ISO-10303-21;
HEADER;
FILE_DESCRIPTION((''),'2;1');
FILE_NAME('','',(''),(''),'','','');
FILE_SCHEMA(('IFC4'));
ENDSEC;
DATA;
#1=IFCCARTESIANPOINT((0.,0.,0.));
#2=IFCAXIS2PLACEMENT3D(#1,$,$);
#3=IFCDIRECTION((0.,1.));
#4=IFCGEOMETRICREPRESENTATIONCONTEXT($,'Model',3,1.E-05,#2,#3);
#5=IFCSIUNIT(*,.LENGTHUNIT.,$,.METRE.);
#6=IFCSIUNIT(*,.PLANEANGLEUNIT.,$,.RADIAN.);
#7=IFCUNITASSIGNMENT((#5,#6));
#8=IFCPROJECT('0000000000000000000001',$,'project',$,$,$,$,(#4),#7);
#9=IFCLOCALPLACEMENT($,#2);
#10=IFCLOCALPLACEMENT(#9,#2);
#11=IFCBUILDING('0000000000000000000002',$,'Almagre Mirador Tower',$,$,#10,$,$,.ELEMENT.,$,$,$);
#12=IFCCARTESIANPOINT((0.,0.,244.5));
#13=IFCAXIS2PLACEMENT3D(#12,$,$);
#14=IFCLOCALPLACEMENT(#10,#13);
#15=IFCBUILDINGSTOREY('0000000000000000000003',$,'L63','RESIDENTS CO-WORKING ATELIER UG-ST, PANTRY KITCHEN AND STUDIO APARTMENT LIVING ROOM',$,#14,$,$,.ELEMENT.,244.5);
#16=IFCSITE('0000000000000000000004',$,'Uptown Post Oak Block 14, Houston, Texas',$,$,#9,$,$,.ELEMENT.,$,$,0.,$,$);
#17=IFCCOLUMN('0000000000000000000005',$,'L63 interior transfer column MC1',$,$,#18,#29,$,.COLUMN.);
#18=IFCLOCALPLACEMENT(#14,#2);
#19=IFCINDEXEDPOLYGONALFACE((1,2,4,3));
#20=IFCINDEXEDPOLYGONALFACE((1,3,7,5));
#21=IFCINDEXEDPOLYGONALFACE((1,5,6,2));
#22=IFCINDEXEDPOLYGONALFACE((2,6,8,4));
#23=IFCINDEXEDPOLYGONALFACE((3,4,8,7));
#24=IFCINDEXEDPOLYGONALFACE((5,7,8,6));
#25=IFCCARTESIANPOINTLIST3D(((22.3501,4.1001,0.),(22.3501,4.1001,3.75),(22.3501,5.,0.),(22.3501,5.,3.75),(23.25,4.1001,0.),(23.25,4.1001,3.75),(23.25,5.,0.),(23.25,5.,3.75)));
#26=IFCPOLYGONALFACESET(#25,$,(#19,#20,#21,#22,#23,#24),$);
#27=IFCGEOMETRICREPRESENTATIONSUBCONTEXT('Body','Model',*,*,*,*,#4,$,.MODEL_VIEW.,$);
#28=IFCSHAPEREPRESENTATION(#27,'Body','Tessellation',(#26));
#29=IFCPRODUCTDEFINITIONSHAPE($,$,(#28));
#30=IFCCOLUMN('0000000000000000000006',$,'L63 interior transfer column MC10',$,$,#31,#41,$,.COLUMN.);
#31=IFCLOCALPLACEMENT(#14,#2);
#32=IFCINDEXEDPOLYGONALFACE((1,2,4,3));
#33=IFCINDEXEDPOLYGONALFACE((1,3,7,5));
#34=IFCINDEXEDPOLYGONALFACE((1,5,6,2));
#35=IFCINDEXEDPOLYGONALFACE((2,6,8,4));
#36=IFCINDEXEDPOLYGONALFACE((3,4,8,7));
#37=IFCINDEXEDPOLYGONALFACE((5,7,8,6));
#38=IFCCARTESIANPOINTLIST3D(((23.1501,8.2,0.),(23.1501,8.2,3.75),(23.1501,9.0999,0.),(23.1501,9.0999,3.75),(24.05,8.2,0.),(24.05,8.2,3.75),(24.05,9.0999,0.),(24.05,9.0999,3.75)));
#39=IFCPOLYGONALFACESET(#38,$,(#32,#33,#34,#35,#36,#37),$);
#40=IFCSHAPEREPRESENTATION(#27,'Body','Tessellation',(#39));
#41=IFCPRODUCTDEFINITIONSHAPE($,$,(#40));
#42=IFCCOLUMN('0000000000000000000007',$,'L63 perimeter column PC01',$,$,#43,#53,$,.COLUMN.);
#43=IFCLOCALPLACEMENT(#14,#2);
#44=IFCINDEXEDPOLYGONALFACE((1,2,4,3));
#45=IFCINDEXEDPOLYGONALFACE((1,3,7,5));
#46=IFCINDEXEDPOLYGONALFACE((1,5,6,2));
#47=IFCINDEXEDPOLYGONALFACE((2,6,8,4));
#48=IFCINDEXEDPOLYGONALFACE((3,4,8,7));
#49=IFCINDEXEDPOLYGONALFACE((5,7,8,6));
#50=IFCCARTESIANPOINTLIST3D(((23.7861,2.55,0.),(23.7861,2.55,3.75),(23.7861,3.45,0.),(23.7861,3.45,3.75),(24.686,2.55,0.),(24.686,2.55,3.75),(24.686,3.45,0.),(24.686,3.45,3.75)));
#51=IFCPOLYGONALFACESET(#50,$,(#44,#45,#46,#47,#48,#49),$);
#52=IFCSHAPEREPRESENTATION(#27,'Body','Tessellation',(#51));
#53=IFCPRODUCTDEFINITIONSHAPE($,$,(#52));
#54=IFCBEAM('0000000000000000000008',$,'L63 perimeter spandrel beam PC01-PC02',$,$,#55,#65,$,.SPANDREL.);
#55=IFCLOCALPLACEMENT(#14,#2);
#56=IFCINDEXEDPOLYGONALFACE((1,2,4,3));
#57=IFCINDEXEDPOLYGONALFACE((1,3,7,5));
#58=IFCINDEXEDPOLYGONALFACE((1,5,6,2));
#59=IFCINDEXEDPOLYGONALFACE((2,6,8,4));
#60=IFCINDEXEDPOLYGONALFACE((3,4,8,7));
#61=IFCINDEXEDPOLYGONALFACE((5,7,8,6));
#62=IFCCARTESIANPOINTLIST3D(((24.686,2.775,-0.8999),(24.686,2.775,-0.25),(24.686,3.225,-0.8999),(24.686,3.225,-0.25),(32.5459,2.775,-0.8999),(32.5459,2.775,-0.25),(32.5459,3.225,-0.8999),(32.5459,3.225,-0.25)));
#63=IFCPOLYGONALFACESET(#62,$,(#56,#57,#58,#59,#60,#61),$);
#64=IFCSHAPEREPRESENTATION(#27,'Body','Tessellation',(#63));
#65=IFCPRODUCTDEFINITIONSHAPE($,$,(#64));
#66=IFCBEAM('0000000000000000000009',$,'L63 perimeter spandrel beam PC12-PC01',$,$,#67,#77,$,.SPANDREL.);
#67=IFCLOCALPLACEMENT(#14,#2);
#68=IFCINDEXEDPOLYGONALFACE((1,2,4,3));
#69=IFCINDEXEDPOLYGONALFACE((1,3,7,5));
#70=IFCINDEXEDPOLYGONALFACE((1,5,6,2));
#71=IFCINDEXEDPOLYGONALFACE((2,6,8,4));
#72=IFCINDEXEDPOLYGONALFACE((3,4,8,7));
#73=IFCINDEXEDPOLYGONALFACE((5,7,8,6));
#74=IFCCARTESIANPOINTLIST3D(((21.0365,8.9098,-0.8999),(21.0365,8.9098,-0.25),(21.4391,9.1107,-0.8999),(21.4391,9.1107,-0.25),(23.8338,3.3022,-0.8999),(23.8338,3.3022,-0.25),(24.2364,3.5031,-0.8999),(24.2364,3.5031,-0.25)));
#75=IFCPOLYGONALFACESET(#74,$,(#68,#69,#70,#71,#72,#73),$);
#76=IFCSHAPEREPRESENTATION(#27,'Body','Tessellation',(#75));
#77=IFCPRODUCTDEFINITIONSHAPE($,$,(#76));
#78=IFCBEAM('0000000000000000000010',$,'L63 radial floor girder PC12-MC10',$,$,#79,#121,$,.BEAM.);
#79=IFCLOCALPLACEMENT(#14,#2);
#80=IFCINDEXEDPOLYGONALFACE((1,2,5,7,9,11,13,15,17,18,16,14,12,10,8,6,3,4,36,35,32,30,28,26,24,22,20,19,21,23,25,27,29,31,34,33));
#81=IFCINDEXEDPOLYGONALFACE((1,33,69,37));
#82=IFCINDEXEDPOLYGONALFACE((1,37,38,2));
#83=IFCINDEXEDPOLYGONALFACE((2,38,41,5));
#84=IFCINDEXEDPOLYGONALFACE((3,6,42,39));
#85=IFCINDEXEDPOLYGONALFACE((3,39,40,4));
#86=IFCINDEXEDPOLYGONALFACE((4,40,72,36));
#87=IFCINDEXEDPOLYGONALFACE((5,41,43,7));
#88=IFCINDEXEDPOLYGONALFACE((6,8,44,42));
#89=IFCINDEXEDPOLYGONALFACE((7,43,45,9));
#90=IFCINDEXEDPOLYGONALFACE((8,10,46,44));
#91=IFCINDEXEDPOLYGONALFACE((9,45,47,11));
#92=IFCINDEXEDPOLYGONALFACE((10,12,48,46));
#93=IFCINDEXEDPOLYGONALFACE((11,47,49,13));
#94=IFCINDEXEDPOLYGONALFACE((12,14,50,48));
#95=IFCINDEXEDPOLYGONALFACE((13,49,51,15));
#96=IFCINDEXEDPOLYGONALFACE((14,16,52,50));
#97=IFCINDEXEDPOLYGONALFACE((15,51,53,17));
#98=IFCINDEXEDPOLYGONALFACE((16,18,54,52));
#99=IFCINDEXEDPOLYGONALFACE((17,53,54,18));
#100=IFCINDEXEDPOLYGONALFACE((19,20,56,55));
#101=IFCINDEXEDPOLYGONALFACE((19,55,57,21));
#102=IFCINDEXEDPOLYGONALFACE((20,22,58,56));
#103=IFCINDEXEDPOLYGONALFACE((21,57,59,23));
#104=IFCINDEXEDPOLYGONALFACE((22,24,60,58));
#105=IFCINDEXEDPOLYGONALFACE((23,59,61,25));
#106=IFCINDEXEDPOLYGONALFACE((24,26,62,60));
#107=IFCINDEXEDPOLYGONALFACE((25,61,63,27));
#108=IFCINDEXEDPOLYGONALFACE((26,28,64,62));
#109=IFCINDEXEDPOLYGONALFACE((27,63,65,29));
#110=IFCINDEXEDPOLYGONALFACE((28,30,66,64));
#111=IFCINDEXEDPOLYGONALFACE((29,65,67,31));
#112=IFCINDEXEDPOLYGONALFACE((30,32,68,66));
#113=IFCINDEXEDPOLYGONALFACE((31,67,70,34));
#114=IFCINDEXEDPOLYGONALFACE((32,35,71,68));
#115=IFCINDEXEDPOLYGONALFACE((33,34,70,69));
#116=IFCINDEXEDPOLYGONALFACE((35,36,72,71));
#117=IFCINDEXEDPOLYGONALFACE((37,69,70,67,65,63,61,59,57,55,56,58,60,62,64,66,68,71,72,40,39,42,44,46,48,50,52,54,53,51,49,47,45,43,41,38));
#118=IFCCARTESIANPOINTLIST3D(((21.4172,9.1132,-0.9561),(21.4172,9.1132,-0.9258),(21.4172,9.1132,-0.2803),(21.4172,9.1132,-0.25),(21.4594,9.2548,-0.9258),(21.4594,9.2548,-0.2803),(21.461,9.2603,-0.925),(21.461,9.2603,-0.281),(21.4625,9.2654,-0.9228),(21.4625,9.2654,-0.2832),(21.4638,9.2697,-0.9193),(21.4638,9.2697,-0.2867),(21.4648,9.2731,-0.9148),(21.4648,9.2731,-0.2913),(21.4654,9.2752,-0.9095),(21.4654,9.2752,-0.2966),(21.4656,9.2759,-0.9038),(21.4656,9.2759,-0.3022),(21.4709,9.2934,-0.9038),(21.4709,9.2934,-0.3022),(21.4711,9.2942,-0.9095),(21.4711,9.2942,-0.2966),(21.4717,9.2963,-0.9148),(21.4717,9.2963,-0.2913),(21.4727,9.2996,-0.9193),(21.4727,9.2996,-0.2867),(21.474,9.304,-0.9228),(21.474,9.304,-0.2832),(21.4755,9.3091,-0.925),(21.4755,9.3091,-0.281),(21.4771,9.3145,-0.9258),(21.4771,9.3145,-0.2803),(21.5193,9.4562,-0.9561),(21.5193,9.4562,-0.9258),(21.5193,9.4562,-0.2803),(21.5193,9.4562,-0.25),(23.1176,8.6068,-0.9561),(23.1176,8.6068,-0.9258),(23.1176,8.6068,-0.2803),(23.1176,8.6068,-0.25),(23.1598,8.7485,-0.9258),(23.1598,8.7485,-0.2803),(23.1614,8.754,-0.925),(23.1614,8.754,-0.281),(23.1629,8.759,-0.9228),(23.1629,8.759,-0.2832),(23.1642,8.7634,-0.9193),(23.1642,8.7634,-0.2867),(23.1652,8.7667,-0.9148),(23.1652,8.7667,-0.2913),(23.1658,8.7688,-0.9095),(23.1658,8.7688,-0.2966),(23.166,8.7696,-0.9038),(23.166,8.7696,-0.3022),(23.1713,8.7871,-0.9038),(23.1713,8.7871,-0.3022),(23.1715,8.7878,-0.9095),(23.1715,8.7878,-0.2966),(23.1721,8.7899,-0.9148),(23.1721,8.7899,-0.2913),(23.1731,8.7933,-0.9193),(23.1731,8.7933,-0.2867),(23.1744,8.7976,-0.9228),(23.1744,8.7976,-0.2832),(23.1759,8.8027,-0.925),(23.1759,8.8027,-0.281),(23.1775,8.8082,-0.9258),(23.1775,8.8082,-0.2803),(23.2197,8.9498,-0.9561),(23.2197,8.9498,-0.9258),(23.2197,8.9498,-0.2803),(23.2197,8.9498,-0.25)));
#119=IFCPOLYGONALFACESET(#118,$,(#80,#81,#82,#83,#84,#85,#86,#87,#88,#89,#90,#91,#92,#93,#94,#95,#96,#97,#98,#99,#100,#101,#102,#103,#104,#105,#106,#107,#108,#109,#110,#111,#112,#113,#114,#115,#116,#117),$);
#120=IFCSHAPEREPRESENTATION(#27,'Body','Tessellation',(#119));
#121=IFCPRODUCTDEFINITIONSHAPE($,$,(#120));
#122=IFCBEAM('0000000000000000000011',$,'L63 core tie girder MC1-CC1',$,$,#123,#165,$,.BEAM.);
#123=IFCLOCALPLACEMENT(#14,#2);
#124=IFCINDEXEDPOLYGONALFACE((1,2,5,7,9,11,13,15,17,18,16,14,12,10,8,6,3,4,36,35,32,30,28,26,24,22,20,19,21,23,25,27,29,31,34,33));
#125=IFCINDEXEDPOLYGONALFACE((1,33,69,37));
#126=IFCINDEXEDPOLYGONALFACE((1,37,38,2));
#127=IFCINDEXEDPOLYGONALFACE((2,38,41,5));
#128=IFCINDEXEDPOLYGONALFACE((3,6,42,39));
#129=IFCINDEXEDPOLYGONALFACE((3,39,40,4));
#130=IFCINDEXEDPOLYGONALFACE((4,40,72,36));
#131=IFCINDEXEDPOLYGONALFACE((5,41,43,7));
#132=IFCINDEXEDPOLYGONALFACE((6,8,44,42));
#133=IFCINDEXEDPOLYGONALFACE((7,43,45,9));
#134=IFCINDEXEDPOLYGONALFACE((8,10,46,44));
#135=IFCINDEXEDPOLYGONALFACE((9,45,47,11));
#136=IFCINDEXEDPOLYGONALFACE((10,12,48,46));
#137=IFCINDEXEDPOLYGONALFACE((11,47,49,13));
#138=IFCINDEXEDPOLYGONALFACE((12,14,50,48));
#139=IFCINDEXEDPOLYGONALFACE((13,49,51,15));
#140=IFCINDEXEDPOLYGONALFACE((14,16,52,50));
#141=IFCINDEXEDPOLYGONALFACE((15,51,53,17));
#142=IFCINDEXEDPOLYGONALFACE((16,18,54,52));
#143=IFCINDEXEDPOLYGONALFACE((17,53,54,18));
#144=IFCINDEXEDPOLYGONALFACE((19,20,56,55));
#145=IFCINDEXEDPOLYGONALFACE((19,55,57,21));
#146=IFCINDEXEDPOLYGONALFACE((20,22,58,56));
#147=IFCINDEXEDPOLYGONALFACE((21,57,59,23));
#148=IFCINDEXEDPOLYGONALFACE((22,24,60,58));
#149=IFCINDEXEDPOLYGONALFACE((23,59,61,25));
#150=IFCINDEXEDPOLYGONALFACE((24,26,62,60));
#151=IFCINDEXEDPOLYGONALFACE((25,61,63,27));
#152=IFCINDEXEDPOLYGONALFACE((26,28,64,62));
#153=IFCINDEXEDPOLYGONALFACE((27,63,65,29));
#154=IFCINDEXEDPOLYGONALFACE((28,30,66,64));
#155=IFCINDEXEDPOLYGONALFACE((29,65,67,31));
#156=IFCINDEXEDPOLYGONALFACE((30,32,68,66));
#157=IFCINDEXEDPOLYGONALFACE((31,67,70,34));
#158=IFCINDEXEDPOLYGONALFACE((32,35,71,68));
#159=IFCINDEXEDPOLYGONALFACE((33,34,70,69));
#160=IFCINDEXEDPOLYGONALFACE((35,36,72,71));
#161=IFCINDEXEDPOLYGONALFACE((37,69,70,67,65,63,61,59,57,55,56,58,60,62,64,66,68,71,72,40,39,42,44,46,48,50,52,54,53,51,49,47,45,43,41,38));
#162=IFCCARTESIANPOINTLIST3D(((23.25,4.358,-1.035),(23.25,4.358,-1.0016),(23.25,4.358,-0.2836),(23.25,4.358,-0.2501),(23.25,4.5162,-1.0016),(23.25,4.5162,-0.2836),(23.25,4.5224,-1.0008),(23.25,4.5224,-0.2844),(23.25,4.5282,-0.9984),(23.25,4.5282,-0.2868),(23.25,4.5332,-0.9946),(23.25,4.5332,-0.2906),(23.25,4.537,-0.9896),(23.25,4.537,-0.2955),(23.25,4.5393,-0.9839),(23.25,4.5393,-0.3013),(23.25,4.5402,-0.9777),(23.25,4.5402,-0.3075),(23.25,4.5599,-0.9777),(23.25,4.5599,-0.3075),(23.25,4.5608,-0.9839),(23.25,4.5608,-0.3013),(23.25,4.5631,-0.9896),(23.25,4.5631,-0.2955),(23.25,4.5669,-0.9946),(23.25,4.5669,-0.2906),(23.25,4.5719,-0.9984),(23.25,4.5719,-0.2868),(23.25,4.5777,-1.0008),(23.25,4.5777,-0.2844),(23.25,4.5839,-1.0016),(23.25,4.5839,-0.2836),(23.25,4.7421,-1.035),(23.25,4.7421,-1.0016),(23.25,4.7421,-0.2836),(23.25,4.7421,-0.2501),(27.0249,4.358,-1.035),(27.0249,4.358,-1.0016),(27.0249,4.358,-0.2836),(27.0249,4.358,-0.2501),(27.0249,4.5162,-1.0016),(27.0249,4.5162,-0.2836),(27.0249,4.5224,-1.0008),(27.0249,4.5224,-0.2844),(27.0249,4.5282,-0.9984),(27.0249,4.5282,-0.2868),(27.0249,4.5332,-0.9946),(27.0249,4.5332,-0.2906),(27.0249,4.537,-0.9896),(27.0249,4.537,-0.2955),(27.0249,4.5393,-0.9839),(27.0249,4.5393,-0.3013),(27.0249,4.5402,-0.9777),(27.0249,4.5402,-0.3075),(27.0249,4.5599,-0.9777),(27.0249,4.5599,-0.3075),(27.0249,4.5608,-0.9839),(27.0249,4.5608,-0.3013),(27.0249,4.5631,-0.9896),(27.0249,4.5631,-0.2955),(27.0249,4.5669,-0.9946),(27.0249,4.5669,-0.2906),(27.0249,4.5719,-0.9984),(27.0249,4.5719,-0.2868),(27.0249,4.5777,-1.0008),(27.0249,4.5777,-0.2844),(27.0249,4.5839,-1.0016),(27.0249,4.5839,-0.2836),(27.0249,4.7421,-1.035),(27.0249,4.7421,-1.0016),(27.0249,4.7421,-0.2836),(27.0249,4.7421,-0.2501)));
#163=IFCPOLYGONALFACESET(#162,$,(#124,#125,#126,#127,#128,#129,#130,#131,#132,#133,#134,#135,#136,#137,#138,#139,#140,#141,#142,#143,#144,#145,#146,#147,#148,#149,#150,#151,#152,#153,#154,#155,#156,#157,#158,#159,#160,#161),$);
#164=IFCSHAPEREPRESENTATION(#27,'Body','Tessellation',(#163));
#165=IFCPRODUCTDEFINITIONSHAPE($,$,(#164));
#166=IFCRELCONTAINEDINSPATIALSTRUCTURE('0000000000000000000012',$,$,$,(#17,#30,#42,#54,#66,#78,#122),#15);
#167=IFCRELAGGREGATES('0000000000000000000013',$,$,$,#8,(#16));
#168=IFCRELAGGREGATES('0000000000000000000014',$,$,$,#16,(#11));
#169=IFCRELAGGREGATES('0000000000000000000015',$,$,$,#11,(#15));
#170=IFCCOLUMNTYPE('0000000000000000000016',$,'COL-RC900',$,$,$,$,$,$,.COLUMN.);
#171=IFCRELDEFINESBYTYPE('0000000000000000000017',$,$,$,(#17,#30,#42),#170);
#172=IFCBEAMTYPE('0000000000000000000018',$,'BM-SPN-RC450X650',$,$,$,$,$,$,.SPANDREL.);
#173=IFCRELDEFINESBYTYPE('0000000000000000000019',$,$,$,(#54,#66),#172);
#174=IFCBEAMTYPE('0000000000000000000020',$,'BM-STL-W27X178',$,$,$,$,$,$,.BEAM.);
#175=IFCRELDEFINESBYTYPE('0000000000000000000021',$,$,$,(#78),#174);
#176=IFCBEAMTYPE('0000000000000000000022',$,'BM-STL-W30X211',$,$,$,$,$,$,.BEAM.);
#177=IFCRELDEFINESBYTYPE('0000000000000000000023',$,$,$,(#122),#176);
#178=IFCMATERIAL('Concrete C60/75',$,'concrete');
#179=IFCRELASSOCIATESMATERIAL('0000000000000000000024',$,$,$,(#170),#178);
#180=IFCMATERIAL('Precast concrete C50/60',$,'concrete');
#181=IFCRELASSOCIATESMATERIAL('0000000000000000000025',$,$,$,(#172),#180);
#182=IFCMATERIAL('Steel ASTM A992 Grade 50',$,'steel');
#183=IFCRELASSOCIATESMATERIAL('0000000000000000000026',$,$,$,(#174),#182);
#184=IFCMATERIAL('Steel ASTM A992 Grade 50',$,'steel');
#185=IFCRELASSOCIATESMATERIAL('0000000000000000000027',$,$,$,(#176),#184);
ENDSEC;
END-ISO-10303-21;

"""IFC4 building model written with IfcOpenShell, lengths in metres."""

from ifc_helpers import new_model, si_unit, direction, frame, origin, origin_2d, place, context, subcontext, project, spatial, rectangle, i_section, extrude, material, material_profile, profile_set, type_object, element, save


model = new_model("IFC4")

# Units and contexts
model_context = context("Model", 3, precision=1e-05, world=origin(), true_north=direction((0.0, 1.0)))
body_context = subcontext(model_context, "Body", "Model", "MODEL_VIEW")
ifc_project = project(units=[si_unit("LENGTHUNIT", "METRE"), si_unit("PLANEANGLEUNIT", "RADIAN")], contexts=[model_context])

# Site, building, storey
site_placement = place(None, origin())
site = spatial("IfcSite", under=ifc_project, at=site_placement, Name="Uptown Post Oak Block 14, Houston, Texas", CompositionType="ELEMENT", RefElevation=0.0)
building_placement = place(site_placement, origin())
building = spatial("IfcBuilding", under=site, at=building_placement, Name="Almagre Mirador Tower", CompositionType="ELEMENT")
storey_placement = place(building_placement, frame((0.0, 0.0, 244.5)))
storey = spatial("IfcBuildingStorey", under=building, at=storey_placement, Name="L63", Description="RESIDENTS CO-WORKING ATELIER UG-ST, PANTRY KITCHEN AND STUDIO APARTMENT LIVING ROOM", CompositionType="ELEMENT", Elevation=244.5)

# Columns
ifc_material_1 = material(Name="Concrete C60/75", Category="concrete")
ifc_material_profile_1 = material_profile(ifc_material_1, rectangle(XDim=0.8999, YDim=0.8999, at=origin_2d()), Name="RC900X900")
ifc_profile_set_1 = profile_set([ifc_material_profile_1], Name="Concrete C60/75")
column_type = type_object("IfcColumnType", Name="COL-RC900", PredefinedType="COLUMN", material=ifc_profile_set_1)
for number, where, z_axis, x_axis, name in (
    (1, (22.8, 4.55, 0.0), (0.0, 0.0, 1.0), (1.0, 0.0, 0.0), "L63 interior transfer column MC1"),
    (2, (23.6001, 8.6499, 0.0), (0.0, 0.0, 1.0), (1.0, 0.0, 0.0), "L63 interior transfer column MC10"),
    (3, (24.2361, 3.0, 0.0), (0.0, 0.0, 1.0), (1.0, 0.0, 0.0), "L63 perimeter column PC01"),
):
    element("IfcColumn", number, at=place(storey_placement, frame(where, z_axis=z_axis, x_axis=x_axis)), inside=storey, type_object=column_type, Name=name, PredefinedType="COLUMN", context=body_context, shape_type="SweptSolid", body=[
        extrude(rectangle(XDim=0.8999, YDim=0.8999, at=origin_2d()), origin(), (0.0, 0.0, 1.0), 3.75),
    ])

# Beams
ifc_material_2 = material(Name="Precast concrete C50/60", Category="concrete")
ifc_material_profile_2 = material_profile(ifc_material_2, rectangle(XDim=0.45, YDim=0.6499, at=origin_2d()), Name="RC450X650")
ifc_profile_set_2 = profile_set([ifc_material_profile_2], Name="Precast concrete C50/60")
beam_type_1 = type_object("IfcBeamType", Name="BM-SPN-RC450X650", PredefinedType="SPANDREL", material=ifc_profile_set_2)
beam_1_placement = place(storey_placement, frame((24.686, 3.0, -0.575), z_axis=(1.0, 0.0, 0.0), x_axis=(0.0, 1.0, 0.0)))
element("IfcBeam", 4, at=beam_1_placement, inside=storey, type_object=beam_type_1, Name="L63 perimeter spandrel beam PC01-PC02", PredefinedType="SPANDREL", context=body_context, shape_type="SweptSolid", body=[
    extrude(rectangle(XDim=0.45, YDim=0.6499, at=origin_2d()), origin(), (0.0, 0.0, 1.0), 7.8599),
])
beam_2_placement = place(storey_placement, frame((21.2378, 9.0103, -0.575), z_axis=(0.446387, -0.89484, 0.0), x_axis=(0.89484, 0.446387, 0.0)))
element("IfcBeam", 5, at=beam_2_placement, inside=storey, type_object=beam_type_1, Name="L63 perimeter spandrel beam PC12-PC01", PredefinedType="SPANDREL", context=body_context, shape_type="SweptSolid", body=[
    extrude(rectangle(XDim=0.45, YDim=0.6499, at=origin_2d()), origin(), (0.0, 0.0, 1.0), 6.2666),
])
ifc_material_3 = material(Name="Steel ASTM A992 Grade 50", Category="steel")
ifc_material_profile_3 = material_profile(ifc_material_3, i_section(OverallWidth=0.3579, OverallDepth=0.7061, WebThickness=0.0183, FlangeThickness=0.0303, FilletRadius=0.022, at=origin_2d()), Name="W27X178")
ifc_profile_set_3 = profile_set([ifc_material_profile_3], Name="Steel ASTM A992 Grade 50")
beam_type_2 = type_object("IfcBeamType", Name="BM-STL-W27X178", PredefinedType="BEAM", material=ifc_profile_set_3)
beam_3_placement = place(storey_placement, frame((21.4683, 9.2847, -0.603), z_axis=(0.958411, -0.285391, 0.0), x_axis=(0.285391, 0.958411, 0.0)))
element("IfcBeam", 6, at=beam_3_placement, inside=storey, type_object=beam_type_2, Name="L63 radial floor girder PC12-MC10", PredefinedType="BEAM", context=body_context, shape_type="SweptSolid", body=[
    extrude(i_section(OverallWidth=0.3579, OverallDepth=0.7061, WebThickness=0.0183, FlangeThickness=0.0303, FilletRadius=0.022, at=origin_2d()), origin(), (0.0, 0.0, 1.0), 1.7742),
])
ifc_material_4 = material(Name="Steel ASTM A992 Grade 50", Category="steel")
ifc_material_profile_4 = material_profile(ifc_material_4, i_section(OverallWidth=0.384, OverallDepth=0.7849, WebThickness=0.0198, FlangeThickness=0.0334, FilletRadius=0.0239, at=origin_2d()), Name="W30X211")
ifc_profile_set_4 = profile_set([ifc_material_profile_4], Name="Steel ASTM A992 Grade 50")
beam_type_3 = type_object("IfcBeamType", Name="BM-STL-W30X211", PredefinedType="BEAM", material=ifc_profile_set_4)
beam_4_placement = place(storey_placement, frame((23.25, 4.55, -0.6426), z_axis=(1.0, 0.0, 0.0), x_axis=(0.0, 1.0, 0.0)))
element("IfcBeam", 7, at=beam_4_placement, inside=storey, type_object=beam_type_3, Name="L63 core tie girder MC1-CC1", PredefinedType="BEAM", context=body_context, shape_type="SweptSolid", body=[
    extrude(i_section(OverallWidth=0.384, OverallDepth=0.7849, WebThickness=0.0198, FlangeThickness=0.0334, FilletRadius=0.0239, at=origin_2d()), origin(), (0.0, 0.0, 1.0), 3.7749),
])

save(model, "model.ifc")
